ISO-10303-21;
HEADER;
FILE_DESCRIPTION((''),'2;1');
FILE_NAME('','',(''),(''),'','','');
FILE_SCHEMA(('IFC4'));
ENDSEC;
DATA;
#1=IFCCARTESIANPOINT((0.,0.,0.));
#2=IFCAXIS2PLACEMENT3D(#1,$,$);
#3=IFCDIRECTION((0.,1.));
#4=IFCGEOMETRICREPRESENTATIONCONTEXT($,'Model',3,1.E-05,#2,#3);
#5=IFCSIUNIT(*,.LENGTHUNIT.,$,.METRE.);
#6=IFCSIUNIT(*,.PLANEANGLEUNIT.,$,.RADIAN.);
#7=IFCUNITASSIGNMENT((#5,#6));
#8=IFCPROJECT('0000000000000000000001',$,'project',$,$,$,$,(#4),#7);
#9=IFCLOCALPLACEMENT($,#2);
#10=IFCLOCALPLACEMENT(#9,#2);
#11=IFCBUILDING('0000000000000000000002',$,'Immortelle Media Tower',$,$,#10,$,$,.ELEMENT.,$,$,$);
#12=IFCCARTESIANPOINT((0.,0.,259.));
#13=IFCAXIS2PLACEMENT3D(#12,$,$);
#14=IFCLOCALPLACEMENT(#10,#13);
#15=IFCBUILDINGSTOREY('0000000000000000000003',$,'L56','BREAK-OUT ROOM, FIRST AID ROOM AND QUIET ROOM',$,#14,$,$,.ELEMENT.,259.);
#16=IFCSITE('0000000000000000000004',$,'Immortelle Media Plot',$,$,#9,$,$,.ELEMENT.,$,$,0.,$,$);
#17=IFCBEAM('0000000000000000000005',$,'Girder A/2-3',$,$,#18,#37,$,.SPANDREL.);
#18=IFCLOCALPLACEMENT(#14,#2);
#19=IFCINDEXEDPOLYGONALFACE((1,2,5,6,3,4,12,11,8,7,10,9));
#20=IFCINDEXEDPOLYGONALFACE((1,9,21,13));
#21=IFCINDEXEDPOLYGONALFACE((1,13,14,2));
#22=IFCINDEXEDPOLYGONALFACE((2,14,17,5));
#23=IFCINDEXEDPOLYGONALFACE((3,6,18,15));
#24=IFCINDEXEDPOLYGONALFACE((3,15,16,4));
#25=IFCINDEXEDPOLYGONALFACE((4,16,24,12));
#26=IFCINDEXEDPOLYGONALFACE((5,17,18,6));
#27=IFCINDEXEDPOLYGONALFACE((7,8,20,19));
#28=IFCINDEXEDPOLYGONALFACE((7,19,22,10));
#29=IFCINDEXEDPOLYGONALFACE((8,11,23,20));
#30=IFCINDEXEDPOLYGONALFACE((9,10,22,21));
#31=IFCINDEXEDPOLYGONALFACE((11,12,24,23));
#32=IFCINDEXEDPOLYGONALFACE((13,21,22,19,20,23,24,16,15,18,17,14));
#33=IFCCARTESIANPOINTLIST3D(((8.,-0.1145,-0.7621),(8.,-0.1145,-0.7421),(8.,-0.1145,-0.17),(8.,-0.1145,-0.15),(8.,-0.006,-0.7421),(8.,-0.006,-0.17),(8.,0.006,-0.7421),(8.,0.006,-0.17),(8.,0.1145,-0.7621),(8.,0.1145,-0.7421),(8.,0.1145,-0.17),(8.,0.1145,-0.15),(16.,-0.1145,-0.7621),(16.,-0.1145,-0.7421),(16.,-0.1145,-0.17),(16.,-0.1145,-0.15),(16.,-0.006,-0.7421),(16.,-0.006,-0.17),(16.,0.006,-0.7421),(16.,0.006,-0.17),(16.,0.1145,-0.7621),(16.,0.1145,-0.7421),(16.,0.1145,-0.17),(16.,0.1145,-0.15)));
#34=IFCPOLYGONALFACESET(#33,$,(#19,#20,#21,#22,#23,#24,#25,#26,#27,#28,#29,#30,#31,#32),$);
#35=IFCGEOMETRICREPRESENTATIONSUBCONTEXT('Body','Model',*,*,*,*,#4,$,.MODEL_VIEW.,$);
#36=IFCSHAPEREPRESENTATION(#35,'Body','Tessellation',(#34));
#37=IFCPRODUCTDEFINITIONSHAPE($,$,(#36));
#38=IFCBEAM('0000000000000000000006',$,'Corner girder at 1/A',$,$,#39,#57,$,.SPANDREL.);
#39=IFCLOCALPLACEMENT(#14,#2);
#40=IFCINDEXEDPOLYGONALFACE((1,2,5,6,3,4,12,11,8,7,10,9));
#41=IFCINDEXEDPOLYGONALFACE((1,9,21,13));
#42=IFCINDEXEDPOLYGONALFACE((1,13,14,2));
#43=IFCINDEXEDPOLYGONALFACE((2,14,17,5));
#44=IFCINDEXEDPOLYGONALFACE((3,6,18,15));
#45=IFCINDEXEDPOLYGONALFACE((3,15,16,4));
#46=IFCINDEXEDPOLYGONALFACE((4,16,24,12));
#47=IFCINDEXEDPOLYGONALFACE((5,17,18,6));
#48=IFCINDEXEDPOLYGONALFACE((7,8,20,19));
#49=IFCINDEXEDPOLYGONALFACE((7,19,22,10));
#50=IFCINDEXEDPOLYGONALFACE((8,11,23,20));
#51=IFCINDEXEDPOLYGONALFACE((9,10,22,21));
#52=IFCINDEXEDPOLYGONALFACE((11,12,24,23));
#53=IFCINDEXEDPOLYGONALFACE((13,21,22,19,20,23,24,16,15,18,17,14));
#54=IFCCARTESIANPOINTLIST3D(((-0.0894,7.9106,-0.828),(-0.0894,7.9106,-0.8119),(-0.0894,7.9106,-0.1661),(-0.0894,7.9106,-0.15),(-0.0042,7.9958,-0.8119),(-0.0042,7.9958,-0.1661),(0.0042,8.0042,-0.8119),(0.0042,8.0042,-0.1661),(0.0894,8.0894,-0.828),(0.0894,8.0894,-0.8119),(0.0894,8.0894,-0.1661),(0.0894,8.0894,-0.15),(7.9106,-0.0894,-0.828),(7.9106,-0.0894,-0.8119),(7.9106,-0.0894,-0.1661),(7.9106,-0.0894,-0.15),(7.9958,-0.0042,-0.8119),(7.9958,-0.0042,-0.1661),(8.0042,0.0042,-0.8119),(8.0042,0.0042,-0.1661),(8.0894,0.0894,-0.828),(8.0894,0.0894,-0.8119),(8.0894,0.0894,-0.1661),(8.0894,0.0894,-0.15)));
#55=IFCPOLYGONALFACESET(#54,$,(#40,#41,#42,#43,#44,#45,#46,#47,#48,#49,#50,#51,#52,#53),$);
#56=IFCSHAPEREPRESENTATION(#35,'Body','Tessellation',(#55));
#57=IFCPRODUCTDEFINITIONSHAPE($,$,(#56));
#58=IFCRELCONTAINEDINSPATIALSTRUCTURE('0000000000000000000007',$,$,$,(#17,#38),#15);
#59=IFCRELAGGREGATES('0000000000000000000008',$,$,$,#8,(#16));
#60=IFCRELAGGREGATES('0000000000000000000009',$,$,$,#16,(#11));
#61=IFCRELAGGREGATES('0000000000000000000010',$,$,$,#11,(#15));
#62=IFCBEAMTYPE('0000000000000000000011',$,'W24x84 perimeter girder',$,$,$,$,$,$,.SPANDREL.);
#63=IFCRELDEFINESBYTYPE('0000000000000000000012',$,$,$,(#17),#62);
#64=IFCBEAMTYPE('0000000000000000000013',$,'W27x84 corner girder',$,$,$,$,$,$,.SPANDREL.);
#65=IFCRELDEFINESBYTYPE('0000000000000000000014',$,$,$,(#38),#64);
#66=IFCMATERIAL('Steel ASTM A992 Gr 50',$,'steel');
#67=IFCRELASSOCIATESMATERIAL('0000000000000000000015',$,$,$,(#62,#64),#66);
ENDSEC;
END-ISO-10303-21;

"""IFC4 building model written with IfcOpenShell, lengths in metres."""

from ifc_helpers import new_model, si_unit, direction, frame, origin, origin_2d, place, context, subcontext, project, spatial, i_section, extrude, material, material_profile, profile_set, type_object, element, save


model = new_model("IFC4")

# Units and contexts
model_context = context("Model", 3, precision=1e-05, world=origin(), true_north=direction((0.0, 1.0)))
body_context = subcontext(model_context, "Body", "Model", "MODEL_VIEW")
ifc_project = project(units=[si_unit("LENGTHUNIT", "METRE"), si_unit("PLANEANGLEUNIT", "RADIAN")], contexts=[model_context])

# Site, building, storey
site_placement = place(None, origin())
site = spatial("IfcSite", under=ifc_project, at=site_placement, Name="Immortelle Media Plot", CompositionType="ELEMENT", RefElevation=0.0)
building_placement = place(site_placement, origin())
building = spatial("IfcBuilding", under=site, at=building_placement, Name="Immortelle Media Tower", CompositionType="ELEMENT")
storey_placement = place(building_placement, frame((0.0, 0.0, 259.0)))
storey = spatial("IfcBuildingStorey", under=building, at=storey_placement, Name="L56", Description="BREAK-OUT ROOM, FIRST AID ROOM AND QUIET ROOM", CompositionType="ELEMENT", Elevation=259.0)

# Shared definitions
ifc_material_1 = material(Name="Steel ASTM A992 Gr 50", Category="steel")

# Beams
ifc_material_profile_1 = material_profile(ifc_material_1, i_section(OverallWidth=0.229, OverallDepth=0.6121, WebThickness=0.012, FlangeThickness=0.02, at=origin_2d()), Name="W24x84")
ifc_profile_set_1 = profile_set([ifc_material_profile_1], Name="Steel ASTM A992 Gr 50")
beam_type_1 = type_object("IfcBeamType", Name="W24x84 perimeter girder", PredefinedType="SPANDREL", material=ifc_profile_set_1)
beam_1_placement = place(storey_placement, frame((8.0, 0.0, -0.4561), z_axis=(1.0, 0.0, 0.0), x_axis=(0.0, 1.0, 0.0)))
element("IfcBeam", 1, at=beam_1_placement, inside=storey, type_object=beam_type_1, Name="Girder A/2-3", PredefinedType="SPANDREL", context=body_context, shape_type="SweptSolid", body=[
    extrude(i_section(OverallWidth=0.229, OverallDepth=0.6121, WebThickness=0.012, FlangeThickness=0.02, at=origin_2d()), origin(), (0.0, 0.0, 1.0), 8.0),
])
ifc_material_profile_2 = material_profile(ifc_material_1, i_section(OverallWidth=0.2529, OverallDepth=0.678, WebThickness=0.012, FlangeThickness=0.0161, at=origin_2d()), Name="W27x84")
ifc_profile_set_2 = profile_set([ifc_material_profile_2], Name="Steel ASTM A992 Gr 50")
beam_type_2 = type_object("IfcBeamType", Name="W27x84 corner girder", PredefinedType="SPANDREL", material=ifc_profile_set_2)
beam_2_placement = place(storey_placement, frame((8.0, 0.0, -0.489), z_axis=(-0.707107, 0.707107, 0.0), x_axis=(-0.707107, -0.707107, 0.0)))
element("IfcBeam", 2, at=beam_2_placement, inside=storey, type_object=beam_type_2, Name="Corner girder at 1/A", PredefinedType="SPANDREL", context=body_context, shape_type="SweptSolid", body=[
    extrude(i_section(OverallWidth=0.2529, OverallDepth=0.678, WebThickness=0.012, FlangeThickness=0.0161, at=origin_2d()), origin(), (0.0, 0.0, 1.0), 11.3137),
])

save(model, "model.ifc")
